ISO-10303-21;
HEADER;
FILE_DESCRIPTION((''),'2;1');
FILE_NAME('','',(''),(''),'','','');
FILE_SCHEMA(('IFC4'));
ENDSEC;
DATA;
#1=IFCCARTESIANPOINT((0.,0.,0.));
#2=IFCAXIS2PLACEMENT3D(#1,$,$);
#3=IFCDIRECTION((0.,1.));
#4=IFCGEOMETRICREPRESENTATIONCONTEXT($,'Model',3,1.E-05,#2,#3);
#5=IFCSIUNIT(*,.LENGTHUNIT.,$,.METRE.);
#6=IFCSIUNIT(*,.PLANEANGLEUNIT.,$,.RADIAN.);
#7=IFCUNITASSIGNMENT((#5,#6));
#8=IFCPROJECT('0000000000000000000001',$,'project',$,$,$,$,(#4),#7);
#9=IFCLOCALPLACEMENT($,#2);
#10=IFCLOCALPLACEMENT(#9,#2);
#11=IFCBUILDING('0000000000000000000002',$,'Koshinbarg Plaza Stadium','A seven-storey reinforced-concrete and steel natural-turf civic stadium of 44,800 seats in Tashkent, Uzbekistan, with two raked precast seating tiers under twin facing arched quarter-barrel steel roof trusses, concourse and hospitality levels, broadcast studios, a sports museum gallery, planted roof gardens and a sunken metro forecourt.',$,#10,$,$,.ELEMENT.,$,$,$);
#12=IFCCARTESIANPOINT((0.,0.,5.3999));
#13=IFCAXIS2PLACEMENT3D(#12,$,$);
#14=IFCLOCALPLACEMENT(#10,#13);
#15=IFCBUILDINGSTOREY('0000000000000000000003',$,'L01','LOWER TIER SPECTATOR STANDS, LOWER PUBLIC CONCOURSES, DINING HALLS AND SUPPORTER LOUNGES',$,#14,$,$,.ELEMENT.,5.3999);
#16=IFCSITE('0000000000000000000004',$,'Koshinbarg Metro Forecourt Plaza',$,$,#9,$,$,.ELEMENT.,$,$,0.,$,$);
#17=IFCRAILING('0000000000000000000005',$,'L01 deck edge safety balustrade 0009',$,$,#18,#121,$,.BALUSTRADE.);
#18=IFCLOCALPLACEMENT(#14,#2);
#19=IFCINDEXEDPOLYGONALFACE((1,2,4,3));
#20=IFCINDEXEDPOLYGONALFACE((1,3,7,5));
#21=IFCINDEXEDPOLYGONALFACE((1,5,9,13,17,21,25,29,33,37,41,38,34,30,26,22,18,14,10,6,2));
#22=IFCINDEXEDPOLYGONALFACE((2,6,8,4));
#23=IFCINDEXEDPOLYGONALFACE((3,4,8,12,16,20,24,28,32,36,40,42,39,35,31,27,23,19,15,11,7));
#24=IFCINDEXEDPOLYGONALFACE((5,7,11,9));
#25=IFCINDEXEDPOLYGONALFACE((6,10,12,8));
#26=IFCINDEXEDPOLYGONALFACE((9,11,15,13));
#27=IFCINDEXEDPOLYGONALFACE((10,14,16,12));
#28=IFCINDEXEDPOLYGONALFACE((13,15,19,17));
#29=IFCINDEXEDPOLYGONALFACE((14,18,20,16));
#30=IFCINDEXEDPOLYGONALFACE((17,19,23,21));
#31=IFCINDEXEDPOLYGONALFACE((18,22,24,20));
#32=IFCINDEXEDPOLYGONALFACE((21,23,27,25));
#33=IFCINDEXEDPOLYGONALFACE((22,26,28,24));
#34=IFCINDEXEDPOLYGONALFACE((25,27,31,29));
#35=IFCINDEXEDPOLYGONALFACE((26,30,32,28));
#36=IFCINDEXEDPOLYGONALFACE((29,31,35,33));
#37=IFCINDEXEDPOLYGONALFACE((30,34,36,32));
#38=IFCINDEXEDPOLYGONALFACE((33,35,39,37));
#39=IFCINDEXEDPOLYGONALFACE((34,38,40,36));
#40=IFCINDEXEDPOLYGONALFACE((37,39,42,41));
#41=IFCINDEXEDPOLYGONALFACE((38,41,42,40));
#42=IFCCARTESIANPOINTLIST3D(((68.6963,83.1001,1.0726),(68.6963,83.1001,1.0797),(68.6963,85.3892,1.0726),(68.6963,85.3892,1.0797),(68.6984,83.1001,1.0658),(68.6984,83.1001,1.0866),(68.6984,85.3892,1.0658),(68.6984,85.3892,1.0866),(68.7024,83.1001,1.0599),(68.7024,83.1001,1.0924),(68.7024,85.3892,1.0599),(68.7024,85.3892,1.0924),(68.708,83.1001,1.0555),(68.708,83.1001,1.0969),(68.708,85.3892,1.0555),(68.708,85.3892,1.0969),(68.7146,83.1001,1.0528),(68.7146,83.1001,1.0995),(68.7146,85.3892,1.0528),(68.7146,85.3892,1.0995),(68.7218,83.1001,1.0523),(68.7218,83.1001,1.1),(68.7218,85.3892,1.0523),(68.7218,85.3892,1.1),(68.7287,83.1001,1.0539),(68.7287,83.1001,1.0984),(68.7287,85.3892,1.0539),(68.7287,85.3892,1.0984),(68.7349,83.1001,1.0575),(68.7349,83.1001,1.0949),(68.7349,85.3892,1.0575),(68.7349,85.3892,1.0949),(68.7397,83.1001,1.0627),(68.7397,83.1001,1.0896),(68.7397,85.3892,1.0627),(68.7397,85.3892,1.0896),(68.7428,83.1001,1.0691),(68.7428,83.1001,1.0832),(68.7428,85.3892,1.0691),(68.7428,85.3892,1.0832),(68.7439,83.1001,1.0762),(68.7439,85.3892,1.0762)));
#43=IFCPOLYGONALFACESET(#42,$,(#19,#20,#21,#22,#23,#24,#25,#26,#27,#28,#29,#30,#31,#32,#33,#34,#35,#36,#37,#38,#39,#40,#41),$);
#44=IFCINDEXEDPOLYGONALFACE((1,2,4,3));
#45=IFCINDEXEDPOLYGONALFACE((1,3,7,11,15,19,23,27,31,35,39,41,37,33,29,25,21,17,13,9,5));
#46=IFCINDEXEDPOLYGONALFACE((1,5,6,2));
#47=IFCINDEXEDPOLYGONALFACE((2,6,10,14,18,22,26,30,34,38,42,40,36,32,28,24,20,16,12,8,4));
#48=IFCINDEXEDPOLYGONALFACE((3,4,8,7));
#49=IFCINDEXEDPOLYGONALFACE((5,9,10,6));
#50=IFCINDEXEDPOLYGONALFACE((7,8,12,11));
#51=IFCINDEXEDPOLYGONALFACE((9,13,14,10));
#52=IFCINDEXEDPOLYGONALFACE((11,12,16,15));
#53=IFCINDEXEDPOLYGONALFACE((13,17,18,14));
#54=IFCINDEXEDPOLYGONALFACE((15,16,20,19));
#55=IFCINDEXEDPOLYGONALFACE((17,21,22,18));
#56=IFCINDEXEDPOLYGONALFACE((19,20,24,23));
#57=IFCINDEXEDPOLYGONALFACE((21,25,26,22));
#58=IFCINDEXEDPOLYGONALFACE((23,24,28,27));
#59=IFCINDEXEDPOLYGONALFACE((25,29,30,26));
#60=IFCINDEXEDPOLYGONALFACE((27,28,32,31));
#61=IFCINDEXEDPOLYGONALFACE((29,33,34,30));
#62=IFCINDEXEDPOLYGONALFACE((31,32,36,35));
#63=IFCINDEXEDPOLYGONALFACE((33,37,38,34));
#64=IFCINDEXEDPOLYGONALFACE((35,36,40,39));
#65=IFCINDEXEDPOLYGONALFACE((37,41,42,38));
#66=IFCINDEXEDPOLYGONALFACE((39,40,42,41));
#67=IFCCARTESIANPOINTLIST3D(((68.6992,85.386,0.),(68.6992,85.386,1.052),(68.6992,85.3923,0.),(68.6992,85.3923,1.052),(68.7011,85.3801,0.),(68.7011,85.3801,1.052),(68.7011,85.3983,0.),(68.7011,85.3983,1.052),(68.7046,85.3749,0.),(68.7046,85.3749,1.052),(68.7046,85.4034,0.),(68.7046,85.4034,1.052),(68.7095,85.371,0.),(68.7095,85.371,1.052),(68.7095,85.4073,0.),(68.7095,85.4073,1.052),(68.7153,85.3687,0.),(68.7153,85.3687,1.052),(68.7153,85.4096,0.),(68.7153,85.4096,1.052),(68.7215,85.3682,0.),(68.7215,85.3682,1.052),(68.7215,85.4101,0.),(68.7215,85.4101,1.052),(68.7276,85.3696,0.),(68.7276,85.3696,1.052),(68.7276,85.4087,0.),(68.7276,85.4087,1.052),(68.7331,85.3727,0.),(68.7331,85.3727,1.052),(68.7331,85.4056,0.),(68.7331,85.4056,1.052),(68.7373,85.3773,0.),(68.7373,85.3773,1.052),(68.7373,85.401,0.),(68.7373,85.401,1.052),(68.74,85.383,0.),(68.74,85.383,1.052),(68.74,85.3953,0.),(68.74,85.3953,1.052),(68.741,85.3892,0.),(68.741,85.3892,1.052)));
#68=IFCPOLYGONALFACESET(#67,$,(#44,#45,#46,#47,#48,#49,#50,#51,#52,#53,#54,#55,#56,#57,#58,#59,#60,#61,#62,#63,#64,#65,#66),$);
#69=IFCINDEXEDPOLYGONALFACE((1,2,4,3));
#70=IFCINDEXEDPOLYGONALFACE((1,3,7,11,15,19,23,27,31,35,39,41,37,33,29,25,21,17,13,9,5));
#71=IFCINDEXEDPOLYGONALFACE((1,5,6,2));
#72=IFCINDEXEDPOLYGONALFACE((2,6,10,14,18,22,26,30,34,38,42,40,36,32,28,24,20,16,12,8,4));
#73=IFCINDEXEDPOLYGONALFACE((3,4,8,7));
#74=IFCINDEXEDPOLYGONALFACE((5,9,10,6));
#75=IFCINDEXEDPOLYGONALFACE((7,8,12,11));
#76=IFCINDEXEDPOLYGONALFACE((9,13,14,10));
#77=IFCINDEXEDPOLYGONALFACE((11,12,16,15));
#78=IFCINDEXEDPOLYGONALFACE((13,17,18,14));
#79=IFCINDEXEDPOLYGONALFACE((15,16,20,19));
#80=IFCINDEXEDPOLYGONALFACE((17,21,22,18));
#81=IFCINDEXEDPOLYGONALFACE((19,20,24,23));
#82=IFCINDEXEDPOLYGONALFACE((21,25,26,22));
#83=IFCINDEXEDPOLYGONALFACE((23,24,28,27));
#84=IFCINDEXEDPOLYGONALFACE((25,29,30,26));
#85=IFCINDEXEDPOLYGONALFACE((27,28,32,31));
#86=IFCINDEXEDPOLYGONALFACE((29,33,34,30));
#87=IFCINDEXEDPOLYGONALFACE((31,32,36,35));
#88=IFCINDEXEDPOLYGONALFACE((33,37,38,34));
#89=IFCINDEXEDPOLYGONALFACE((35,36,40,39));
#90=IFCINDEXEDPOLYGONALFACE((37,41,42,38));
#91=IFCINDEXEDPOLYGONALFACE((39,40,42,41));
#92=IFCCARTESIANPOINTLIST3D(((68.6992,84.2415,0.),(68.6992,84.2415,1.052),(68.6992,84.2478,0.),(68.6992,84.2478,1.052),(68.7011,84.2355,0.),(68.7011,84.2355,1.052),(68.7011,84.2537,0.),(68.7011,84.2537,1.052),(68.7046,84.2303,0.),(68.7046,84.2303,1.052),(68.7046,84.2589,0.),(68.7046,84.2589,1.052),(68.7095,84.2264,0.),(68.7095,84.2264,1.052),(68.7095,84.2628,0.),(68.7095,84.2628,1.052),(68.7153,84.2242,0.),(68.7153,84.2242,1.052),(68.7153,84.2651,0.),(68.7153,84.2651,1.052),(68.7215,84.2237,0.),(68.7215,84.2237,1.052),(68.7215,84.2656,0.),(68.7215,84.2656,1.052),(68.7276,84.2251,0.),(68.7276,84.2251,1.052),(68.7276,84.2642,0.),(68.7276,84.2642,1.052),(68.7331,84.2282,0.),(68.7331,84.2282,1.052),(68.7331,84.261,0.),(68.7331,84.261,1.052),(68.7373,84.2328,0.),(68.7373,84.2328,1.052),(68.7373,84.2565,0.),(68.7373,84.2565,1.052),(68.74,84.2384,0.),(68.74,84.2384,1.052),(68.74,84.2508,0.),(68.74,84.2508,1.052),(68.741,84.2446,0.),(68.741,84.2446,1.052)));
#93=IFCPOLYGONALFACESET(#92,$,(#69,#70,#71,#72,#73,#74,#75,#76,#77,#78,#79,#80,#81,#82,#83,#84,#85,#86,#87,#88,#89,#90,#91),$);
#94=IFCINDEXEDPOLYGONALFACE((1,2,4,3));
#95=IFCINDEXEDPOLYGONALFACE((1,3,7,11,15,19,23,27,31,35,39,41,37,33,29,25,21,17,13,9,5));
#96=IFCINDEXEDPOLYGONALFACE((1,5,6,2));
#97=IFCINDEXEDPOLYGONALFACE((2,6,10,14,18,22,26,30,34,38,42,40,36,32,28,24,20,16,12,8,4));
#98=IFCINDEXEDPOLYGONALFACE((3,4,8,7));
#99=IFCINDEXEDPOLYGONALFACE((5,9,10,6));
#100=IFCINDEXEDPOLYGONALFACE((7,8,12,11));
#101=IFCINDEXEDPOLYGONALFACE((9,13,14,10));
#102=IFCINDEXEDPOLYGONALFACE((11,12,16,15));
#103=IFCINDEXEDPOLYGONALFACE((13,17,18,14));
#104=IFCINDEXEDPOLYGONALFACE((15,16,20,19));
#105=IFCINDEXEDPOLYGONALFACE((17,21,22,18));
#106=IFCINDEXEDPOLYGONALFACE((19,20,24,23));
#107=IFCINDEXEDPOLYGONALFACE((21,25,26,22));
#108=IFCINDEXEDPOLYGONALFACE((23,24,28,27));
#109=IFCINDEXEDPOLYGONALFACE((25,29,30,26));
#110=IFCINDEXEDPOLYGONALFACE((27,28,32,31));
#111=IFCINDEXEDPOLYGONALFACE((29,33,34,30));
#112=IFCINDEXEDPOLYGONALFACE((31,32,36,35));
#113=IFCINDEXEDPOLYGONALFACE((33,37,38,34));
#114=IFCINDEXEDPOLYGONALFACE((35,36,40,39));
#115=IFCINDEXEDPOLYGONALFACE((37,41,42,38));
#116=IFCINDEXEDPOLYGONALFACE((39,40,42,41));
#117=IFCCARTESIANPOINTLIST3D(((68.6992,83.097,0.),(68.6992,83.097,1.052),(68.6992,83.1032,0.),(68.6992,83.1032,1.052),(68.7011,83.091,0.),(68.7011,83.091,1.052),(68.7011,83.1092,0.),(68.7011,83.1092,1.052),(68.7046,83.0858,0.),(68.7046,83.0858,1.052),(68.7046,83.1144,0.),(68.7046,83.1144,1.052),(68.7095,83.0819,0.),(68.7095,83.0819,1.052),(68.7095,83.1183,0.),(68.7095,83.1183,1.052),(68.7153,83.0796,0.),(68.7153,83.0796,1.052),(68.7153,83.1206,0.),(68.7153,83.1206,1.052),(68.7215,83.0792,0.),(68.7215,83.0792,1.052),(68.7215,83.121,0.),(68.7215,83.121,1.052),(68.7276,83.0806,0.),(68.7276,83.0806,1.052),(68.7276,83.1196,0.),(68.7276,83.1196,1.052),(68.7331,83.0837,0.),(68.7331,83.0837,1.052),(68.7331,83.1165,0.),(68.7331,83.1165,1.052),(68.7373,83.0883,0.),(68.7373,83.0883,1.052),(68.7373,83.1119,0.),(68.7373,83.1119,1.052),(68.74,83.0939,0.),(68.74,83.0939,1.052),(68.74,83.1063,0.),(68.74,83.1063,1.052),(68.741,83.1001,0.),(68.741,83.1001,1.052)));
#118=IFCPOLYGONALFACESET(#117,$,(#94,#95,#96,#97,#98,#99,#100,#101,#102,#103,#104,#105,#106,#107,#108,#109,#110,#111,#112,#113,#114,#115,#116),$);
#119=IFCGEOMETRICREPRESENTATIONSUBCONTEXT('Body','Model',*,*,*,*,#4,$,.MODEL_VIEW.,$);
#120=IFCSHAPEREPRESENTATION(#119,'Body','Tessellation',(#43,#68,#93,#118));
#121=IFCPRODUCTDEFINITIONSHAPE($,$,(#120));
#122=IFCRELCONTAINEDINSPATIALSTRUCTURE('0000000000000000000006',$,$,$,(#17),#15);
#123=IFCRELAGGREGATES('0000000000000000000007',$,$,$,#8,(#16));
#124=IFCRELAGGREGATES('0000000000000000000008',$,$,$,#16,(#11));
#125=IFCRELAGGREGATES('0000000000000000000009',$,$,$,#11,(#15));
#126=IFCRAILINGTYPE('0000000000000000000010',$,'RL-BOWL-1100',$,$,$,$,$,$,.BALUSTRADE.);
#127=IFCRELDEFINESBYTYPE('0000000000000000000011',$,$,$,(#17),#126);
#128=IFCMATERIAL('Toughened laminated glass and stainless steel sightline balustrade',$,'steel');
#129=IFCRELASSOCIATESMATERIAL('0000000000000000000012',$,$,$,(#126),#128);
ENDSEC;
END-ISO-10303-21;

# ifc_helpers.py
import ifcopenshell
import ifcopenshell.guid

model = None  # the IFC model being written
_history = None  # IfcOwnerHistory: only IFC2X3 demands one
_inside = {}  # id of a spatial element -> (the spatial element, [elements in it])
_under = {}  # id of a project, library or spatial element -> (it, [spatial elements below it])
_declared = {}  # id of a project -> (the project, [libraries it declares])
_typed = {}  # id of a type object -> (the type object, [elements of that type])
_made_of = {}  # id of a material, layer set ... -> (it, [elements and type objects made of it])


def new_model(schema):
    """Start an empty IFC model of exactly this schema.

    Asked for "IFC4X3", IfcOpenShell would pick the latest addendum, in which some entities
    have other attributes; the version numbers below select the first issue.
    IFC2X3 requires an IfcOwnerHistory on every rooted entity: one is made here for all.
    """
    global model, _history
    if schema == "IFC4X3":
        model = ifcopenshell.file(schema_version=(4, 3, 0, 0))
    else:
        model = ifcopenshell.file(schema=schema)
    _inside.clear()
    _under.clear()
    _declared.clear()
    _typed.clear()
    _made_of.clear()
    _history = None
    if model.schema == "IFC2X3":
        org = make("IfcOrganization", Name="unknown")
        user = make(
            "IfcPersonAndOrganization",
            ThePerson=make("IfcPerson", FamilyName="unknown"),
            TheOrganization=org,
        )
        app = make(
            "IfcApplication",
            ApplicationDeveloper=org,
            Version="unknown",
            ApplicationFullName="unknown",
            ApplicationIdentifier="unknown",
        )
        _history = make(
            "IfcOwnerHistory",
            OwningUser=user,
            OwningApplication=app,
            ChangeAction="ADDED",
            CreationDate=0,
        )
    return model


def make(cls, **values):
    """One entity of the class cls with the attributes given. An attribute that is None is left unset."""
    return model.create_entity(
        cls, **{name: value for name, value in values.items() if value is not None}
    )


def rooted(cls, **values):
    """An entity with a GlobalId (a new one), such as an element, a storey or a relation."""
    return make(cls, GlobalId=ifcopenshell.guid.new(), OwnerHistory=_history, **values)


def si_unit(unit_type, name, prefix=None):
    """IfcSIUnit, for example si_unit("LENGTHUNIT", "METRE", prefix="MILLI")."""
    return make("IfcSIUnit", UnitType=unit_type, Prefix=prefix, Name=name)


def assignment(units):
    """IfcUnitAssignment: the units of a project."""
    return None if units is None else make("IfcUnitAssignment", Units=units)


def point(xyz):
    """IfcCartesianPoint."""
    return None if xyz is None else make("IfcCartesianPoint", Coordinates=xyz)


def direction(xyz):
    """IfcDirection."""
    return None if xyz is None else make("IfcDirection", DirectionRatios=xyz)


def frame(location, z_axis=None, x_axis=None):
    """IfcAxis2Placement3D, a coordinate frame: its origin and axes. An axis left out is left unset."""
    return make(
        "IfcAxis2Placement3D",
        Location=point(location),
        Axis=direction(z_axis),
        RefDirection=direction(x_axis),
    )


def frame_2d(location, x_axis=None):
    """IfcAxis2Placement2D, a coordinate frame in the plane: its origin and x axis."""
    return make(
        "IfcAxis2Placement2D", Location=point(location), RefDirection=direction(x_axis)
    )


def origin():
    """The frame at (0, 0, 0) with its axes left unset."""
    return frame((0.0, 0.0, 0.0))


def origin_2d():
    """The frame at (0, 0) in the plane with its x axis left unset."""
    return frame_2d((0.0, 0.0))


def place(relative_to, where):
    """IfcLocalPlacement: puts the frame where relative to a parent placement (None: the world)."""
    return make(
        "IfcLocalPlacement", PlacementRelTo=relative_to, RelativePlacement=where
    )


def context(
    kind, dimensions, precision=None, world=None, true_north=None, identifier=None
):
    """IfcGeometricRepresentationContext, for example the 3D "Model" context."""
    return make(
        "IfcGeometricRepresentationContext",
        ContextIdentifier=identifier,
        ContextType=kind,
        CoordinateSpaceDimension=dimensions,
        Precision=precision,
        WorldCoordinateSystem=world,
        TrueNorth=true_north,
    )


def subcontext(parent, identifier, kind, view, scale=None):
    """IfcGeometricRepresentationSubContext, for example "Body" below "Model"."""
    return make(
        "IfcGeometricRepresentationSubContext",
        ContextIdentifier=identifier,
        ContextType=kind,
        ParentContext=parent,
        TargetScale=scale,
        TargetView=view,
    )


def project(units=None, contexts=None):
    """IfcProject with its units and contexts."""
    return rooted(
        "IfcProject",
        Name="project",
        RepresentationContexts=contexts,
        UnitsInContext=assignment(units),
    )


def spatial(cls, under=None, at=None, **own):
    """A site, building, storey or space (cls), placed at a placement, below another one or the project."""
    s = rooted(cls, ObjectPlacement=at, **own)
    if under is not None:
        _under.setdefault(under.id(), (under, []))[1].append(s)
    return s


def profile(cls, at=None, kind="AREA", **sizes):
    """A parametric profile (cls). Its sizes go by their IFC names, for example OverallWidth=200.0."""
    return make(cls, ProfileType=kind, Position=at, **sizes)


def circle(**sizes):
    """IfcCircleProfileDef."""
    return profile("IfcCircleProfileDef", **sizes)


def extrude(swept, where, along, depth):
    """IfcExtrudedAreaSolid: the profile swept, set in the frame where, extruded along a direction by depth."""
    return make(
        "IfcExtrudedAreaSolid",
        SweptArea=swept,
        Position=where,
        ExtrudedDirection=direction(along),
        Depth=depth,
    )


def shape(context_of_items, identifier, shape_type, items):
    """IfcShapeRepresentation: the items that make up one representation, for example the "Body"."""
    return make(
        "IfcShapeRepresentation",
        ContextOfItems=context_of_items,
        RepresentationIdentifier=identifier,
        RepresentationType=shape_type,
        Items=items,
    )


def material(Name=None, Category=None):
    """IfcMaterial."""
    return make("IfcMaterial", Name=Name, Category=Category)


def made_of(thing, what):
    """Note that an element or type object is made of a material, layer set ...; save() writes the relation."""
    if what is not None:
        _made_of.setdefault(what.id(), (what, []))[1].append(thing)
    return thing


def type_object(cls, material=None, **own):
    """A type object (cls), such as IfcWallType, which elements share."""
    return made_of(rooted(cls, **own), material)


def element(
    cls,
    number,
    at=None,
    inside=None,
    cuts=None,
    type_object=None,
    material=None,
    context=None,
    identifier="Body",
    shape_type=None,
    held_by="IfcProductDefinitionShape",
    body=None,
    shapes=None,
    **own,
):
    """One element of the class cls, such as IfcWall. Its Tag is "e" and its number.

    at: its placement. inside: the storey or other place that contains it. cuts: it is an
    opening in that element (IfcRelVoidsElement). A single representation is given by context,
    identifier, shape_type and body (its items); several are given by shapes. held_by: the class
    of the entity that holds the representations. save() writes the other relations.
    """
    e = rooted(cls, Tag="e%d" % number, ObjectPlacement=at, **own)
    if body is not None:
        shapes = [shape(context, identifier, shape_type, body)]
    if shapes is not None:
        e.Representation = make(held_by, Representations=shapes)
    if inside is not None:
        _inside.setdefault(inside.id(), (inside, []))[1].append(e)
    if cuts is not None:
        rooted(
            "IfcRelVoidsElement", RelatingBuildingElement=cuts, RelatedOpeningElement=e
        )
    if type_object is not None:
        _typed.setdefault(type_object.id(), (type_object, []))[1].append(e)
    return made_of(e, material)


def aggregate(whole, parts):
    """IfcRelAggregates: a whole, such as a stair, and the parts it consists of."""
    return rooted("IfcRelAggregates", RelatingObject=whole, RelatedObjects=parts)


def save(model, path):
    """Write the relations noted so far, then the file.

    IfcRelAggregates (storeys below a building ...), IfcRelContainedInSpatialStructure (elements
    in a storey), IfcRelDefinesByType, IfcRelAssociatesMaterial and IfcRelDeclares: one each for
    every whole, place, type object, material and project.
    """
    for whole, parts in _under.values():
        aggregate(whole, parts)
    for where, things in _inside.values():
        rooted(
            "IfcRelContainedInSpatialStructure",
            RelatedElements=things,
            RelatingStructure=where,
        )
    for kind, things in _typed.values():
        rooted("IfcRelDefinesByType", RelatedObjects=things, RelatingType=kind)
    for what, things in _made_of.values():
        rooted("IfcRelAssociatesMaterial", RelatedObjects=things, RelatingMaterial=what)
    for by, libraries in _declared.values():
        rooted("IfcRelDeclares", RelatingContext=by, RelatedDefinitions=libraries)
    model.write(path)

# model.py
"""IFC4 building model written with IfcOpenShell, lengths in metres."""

from ifc_helpers import new_model, si_unit, direction, frame, origin, origin_2d, place, context, subcontext, project, spatial, circle, extrude, material, type_object, element, save


model = new_model("IFC4")

# Units and contexts
model_context = context("Model", 3, precision=1e-05, world=origin(), true_north=direction((0.0, 1.0)))
body_context = subcontext(model_context, "Body", "Model", "MODEL_VIEW")
ifc_project = project(units=[si_unit("LENGTHUNIT", "METRE"), si_unit("PLANEANGLEUNIT", "RADIAN")], contexts=[model_context])

# Site, building, storey
site_placement = place(None, origin())
site = spatial("IfcSite", under=ifc_project, at=site_placement, Name="Koshinbarg Metro Forecourt Plaza", CompositionType="ELEMENT", RefElevation=0.0)
building_placement = place(site_placement, origin())
building = spatial("IfcBuilding", under=site, at=building_placement, Name="Koshinbarg Plaza Stadium", Description="A seven-storey reinforced-concrete and steel natural-turf civic stadium of 44,800 seats in Tashkent, Uzbekistan, with two raked precast seating tiers under twin facing arched quarter-barrel steel roof trusses, concourse and hospitality levels, broadcast studios, a sports museum gallery, planted roof gardens and a sunken metro forecourt.", CompositionType="ELEMENT")
storey_placement = place(building_placement, frame((0.0, 0.0, 5.3999)))
storey = spatial("IfcBuildingStorey", under=building, at=storey_placement, Name="L01", Description="LOWER TIER SPECTATOR STANDS, LOWER PUBLIC CONCOURSES, DINING HALLS AND SUPPORTER LOUNGES", CompositionType="ELEMENT", Elevation=5.3999)

# Railing
ifc_material_1 = material(Name="Toughened laminated glass and stainless steel sightline balustrade", Category="steel")
railing_type_1 = type_object("IfcRailingType", Name="RL-BOWL-1100", PredefinedType="BALUSTRADE", material=ifc_material_1)
railing_1_placement = place(storey_placement, frame((68.72, 85.3892, 0.0)))
element("IfcRailing", 1, at=railing_1_placement, inside=storey, type_object=railing_type_1, Name="L01 deck edge safety balustrade 0009", PredefinedType="BALUSTRADE", context=body_context, shape_type="SweptSolid", body=[
    extrude(circle(Radius=0.0239, at=origin_2d()), frame((0.0, 0.0, 1.0762), z_axis=(0.0, -1.0, 0.0), x_axis=(1.0, 0.0, 0.0)), (0.0, 0.0, 1.0), 2.2891),
    extrude(circle(Radius=0.021, at=origin_2d()), origin(), (0.0, 0.0, 1.0), 1.052),
    extrude(circle(Radius=0.021, at=origin_2d()), frame((0.0, -1.1445, 0.0)), (0.0, 0.0, 1.0), 1.052),
    extrude(circle(Radius=0.021, at=origin_2d()), frame((0.0, -2.2891, 0.0)), (0.0, 0.0, 1.0), 1.052),
])

save(model, "model.ifc")
